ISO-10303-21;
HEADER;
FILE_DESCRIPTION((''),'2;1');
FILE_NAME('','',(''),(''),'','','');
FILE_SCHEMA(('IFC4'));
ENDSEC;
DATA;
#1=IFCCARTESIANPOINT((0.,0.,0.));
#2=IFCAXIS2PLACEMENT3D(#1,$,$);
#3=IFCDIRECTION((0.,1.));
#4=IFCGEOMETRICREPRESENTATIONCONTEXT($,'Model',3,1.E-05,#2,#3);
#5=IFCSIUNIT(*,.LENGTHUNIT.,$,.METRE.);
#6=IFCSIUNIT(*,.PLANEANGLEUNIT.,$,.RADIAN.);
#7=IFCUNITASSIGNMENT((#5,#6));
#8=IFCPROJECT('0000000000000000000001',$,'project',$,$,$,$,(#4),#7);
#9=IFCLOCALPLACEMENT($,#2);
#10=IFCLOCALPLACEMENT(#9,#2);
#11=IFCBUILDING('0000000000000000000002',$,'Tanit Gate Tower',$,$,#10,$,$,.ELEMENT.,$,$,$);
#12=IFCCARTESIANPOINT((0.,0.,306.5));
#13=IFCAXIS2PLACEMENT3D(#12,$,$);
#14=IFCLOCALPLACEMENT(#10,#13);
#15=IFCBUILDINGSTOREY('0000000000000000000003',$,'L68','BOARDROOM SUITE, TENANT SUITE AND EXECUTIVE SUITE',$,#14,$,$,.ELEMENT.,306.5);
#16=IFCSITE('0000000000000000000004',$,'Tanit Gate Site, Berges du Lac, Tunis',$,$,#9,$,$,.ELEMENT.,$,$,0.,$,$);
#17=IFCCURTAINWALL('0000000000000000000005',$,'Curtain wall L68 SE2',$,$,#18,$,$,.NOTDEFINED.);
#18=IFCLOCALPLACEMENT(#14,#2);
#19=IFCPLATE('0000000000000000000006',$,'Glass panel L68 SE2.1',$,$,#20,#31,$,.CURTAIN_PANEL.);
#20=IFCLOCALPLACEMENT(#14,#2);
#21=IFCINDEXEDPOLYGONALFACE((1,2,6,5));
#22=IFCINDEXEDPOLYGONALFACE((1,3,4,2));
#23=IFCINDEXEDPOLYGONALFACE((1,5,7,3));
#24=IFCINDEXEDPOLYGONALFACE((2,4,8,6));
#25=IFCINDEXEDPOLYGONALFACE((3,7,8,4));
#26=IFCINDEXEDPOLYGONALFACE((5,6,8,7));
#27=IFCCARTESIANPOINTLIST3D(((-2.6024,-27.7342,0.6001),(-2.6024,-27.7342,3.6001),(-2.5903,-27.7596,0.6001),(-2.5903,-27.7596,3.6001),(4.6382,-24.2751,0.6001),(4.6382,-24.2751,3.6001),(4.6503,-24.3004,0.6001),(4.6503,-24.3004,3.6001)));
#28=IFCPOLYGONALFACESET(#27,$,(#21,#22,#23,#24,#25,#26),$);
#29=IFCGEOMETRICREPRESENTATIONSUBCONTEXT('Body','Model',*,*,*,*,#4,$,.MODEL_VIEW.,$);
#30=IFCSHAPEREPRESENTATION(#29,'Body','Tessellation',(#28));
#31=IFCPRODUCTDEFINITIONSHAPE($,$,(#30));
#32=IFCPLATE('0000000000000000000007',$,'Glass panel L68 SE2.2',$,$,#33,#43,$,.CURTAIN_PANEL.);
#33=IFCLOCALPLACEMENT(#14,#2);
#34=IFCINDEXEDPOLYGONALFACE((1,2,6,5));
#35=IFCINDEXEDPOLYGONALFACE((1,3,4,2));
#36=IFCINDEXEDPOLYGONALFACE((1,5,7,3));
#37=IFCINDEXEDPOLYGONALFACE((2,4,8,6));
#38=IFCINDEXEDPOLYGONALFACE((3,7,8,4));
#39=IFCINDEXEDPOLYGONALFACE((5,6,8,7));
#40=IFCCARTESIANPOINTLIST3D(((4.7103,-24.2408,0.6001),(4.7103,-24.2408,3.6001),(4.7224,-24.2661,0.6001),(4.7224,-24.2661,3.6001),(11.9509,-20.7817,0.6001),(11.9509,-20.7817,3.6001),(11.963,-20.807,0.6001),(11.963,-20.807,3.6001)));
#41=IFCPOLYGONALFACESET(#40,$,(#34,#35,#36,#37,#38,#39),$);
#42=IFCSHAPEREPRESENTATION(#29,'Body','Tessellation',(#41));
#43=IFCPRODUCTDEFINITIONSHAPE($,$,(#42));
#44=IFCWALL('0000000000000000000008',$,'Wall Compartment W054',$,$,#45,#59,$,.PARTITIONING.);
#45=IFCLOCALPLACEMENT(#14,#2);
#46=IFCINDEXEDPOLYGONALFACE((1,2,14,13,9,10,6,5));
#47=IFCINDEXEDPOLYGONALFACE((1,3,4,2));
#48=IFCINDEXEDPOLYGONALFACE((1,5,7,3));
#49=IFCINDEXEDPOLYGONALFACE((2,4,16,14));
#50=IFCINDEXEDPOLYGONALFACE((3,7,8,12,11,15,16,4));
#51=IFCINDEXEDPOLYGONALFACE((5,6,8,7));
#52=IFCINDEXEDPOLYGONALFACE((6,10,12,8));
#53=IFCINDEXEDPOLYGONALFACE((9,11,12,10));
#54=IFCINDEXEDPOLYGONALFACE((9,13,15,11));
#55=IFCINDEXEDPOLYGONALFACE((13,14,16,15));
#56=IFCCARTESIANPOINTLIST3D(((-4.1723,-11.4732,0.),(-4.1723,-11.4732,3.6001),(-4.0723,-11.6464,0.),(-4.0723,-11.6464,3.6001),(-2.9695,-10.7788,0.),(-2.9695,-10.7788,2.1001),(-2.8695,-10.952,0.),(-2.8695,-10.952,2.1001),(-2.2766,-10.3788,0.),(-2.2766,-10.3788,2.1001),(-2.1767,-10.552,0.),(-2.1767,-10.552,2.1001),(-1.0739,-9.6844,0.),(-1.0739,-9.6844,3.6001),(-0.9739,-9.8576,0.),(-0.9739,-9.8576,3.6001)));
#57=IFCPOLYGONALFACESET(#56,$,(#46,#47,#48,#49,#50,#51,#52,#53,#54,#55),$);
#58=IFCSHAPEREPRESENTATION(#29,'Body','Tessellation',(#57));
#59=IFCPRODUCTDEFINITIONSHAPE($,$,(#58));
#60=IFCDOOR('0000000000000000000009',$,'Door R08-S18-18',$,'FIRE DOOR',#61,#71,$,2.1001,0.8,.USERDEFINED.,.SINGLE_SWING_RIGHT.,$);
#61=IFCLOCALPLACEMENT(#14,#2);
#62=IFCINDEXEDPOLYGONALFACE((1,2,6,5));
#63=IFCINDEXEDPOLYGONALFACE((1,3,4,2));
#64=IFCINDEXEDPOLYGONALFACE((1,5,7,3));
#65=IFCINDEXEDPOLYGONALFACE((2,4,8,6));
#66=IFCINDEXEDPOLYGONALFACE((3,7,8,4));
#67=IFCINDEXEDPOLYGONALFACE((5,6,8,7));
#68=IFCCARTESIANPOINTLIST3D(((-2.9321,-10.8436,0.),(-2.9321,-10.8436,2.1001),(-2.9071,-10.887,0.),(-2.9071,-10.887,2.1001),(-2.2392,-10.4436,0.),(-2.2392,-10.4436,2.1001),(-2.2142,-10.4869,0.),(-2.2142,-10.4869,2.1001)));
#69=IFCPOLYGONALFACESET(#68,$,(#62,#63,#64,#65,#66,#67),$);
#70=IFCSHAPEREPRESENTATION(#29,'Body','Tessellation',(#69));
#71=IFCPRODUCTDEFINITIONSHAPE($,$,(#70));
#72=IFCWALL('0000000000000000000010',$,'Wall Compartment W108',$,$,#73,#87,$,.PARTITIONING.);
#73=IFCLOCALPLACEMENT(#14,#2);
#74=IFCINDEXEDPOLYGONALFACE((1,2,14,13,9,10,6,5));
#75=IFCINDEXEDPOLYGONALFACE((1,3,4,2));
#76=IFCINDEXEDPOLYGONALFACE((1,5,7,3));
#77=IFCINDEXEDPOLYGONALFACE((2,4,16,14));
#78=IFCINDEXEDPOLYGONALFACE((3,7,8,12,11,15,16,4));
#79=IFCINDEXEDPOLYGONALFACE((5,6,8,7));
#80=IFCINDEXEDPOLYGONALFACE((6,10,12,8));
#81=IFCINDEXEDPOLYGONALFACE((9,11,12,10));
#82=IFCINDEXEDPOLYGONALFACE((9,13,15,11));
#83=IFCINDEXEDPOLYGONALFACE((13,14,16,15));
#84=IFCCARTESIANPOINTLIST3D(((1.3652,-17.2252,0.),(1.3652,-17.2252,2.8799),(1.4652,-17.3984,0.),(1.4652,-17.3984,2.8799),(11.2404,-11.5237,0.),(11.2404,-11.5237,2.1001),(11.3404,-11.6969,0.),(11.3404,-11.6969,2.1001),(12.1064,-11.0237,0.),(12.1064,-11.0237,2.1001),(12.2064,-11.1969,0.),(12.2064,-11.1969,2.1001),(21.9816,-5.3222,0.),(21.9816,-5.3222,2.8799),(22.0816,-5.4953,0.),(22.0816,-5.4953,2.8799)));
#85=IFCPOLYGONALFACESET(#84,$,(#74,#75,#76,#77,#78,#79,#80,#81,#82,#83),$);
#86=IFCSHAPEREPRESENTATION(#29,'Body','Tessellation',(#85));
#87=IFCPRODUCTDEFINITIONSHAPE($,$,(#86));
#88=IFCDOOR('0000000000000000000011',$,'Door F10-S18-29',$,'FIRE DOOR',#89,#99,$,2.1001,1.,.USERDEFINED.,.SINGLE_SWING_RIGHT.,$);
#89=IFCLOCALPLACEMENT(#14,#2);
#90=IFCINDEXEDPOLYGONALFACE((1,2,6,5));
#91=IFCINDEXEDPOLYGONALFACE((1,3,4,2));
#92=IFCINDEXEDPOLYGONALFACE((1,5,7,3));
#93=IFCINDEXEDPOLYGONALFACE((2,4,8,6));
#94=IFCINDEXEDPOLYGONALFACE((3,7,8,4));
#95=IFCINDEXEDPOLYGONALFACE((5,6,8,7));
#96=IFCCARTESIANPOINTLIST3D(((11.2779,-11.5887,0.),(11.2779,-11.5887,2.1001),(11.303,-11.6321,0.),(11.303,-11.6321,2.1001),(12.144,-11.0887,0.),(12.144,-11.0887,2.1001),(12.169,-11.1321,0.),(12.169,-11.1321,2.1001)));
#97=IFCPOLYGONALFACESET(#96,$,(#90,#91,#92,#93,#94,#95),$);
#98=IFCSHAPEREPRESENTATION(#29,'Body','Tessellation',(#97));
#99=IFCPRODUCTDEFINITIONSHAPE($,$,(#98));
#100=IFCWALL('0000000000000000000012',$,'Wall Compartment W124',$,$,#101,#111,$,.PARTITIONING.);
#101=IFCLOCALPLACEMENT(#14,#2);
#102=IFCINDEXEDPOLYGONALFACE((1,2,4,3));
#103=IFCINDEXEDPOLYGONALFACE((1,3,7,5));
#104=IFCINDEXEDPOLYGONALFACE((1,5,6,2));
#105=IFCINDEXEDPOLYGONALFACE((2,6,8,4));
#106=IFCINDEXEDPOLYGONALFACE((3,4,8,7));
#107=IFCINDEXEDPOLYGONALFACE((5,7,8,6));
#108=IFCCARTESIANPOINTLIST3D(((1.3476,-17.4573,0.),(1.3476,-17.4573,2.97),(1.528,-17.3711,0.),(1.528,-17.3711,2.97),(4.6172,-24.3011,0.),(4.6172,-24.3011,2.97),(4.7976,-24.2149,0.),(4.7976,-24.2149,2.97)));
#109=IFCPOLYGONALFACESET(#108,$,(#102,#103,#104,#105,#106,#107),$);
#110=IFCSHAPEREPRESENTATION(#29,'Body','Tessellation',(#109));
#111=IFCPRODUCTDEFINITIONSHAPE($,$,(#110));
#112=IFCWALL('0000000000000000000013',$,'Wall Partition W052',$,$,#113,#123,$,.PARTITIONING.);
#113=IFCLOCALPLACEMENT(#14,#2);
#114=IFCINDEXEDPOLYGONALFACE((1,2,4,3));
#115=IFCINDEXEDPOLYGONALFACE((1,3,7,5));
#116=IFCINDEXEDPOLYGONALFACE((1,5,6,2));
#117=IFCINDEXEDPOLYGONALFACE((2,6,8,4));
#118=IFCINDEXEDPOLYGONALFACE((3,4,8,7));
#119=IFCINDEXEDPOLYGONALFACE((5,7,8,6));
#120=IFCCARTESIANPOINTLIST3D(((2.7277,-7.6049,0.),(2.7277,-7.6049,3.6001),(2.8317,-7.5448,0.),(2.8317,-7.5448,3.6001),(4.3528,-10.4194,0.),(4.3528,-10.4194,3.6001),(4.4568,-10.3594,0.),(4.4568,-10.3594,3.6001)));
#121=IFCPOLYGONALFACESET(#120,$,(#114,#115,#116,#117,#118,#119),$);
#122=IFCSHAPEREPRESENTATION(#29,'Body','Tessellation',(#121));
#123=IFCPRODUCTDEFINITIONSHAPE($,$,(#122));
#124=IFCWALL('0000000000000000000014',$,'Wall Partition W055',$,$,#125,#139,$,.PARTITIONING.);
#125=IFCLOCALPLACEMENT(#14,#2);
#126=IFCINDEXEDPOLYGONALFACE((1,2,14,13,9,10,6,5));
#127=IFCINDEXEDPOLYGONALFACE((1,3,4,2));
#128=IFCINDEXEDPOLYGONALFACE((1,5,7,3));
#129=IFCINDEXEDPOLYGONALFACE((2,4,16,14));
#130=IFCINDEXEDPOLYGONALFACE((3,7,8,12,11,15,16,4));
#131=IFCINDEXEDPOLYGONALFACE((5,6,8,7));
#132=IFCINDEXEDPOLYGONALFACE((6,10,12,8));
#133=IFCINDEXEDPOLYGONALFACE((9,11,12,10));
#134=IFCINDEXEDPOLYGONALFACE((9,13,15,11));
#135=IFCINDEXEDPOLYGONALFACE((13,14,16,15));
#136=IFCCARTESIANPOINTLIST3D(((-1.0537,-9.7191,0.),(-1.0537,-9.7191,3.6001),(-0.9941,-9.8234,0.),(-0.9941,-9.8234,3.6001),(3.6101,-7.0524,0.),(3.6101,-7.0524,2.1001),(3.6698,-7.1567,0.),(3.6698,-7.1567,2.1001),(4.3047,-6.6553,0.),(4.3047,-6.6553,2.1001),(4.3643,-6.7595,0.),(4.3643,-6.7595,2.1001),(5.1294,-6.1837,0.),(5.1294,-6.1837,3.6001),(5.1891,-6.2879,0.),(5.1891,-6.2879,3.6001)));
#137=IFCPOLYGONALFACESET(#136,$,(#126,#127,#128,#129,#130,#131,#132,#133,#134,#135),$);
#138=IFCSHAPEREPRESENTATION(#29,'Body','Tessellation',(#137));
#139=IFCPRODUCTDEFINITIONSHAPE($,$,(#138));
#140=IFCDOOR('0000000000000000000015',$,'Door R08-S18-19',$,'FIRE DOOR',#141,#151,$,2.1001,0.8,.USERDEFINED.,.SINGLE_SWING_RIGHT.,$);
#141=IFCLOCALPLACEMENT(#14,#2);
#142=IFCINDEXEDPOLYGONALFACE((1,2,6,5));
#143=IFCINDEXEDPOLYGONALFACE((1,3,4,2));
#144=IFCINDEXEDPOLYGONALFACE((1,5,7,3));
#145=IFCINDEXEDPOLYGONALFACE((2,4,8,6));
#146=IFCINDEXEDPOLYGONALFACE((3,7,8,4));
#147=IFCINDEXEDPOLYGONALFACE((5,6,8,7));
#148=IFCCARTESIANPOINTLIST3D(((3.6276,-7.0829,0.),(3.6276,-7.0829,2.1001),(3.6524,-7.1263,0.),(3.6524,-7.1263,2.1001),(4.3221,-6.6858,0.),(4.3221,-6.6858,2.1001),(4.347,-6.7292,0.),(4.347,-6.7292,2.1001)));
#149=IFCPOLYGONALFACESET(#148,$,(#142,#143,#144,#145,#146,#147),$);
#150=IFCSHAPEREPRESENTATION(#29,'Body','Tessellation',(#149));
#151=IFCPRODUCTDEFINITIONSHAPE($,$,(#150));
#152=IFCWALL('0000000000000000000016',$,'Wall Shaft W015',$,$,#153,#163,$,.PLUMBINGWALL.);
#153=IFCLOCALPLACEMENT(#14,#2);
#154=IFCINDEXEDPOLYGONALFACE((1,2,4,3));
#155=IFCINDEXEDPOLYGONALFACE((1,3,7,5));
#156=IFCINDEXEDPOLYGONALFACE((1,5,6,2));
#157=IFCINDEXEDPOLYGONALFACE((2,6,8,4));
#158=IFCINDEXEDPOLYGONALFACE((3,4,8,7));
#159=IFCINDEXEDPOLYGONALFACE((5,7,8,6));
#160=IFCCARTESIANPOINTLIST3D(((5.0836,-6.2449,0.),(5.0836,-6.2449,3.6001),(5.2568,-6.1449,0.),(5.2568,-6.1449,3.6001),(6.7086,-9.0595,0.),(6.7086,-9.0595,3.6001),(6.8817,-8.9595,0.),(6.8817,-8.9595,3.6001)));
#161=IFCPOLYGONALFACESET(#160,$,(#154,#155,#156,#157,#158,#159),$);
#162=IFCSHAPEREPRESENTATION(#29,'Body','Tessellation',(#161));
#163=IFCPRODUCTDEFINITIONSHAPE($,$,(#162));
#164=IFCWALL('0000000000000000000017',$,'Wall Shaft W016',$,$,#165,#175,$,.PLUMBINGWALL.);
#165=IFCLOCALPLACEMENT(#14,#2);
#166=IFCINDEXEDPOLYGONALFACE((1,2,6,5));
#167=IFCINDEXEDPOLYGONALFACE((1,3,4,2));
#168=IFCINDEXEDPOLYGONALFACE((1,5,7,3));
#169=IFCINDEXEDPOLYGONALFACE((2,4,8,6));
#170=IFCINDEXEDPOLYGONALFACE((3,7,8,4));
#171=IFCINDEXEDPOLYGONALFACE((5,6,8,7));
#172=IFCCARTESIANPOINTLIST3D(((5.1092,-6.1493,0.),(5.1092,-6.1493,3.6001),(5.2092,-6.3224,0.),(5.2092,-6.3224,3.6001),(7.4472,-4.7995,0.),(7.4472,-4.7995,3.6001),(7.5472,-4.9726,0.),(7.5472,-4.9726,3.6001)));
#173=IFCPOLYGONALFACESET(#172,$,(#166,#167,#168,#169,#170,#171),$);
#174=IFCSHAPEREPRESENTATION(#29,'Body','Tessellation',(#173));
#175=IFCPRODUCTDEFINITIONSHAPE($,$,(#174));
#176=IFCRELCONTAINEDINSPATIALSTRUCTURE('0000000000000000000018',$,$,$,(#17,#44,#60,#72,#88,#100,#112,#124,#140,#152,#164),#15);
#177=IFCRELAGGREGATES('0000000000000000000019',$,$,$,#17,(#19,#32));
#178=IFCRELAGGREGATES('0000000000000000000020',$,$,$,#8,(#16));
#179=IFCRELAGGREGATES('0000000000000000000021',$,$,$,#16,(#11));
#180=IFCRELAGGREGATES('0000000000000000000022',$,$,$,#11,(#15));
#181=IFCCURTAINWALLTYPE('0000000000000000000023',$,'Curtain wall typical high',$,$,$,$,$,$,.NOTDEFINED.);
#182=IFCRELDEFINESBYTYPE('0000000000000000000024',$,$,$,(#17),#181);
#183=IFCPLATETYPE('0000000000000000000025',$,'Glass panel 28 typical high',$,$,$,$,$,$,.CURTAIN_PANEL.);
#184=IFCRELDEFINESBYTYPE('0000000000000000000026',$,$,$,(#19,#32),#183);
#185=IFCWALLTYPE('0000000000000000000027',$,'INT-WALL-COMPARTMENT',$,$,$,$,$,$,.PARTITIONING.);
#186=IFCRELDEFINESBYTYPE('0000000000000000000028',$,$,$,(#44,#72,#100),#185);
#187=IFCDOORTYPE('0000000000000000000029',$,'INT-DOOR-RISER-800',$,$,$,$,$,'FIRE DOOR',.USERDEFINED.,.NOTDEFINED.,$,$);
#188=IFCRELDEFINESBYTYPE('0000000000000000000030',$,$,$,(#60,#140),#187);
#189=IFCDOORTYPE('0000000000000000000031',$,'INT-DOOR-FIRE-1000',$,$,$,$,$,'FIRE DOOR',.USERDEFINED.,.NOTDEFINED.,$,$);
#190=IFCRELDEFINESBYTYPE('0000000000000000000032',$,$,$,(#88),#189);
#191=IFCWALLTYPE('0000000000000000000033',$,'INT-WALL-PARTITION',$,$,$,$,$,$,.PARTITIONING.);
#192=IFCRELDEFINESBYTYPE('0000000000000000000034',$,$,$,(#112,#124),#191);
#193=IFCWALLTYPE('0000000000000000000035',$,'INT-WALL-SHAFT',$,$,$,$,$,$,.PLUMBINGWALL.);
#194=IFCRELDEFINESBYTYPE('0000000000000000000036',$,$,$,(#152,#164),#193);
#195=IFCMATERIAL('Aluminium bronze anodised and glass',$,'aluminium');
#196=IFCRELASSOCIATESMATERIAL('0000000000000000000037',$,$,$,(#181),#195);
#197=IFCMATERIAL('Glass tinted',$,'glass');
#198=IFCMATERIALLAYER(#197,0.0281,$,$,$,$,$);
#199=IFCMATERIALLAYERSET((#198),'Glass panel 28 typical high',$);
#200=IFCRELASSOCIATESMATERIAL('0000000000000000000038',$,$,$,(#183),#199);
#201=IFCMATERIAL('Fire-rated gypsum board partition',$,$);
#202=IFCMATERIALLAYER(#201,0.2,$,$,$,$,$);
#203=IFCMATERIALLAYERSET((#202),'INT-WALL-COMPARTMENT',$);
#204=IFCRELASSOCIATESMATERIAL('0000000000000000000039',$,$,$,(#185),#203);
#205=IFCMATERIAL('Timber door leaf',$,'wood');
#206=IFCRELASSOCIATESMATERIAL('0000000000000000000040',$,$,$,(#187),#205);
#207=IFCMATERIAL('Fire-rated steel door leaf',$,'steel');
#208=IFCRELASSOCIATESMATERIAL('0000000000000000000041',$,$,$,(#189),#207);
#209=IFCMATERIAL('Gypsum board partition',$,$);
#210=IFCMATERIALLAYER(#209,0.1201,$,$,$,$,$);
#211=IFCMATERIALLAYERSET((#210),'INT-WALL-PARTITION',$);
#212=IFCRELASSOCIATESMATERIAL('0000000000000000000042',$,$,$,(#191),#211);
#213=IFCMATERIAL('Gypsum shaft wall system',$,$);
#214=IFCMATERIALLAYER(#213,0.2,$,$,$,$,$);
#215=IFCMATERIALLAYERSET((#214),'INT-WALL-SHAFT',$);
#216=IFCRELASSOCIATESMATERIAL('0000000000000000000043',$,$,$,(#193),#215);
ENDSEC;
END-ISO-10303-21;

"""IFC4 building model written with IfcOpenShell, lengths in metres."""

from ifc_helpers import new_model, si_unit, direction, frame, frame_2d, origin, origin_2d, place, context, subcontext, project, spatial, rectangle, extrude, material, layer, layer_set, type_object, element, fill, aggregate, save


model = new_model("IFC4")

# Units and contexts
model_context = context("Model", 3, precision=1e-05, world=origin(), true_north=direction((0.0, 1.0)))
body_context = subcontext(model_context, "Body", "Model", "MODEL_VIEW")
ifc_project = project(units=[si_unit("LENGTHUNIT", "METRE"), si_unit("PLANEANGLEUNIT", "RADIAN")], contexts=[model_context])

# Site, building, storey
site_placement = place(None, origin())
site = spatial("IfcSite", under=ifc_project, at=site_placement, Name="Tanit Gate Site, Berges du Lac, Tunis", CompositionType="ELEMENT", RefElevation=0.0)
building_placement = place(site_placement, origin())
building = spatial("IfcBuilding", under=site, at=building_placement, Name="Tanit Gate Tower", CompositionType="ELEMENT")
storey_placement = place(building_placement, frame((0.0, 0.0, 306.5)))
storey = spatial("IfcBuildingStorey", under=building, at=storey_placement, Name="L68", Description="BOARDROOM SUITE, TENANT SUITE AND EXECUTIVE SUITE", CompositionType="ELEMENT", Elevation=306.5)

# Curtain wall
ifc_material_1 = material(Name="Aluminium bronze anodised and glass", Category="aluminium")
curtain_wall_type = type_object("IfcCurtainWallType", Name="Curtain wall typical high", PredefinedType="NOTDEFINED", material=ifc_material_1)
curtain_wall_1_placement = place(storey_placement, origin())
curtain_wall_1 = element("IfcCurtainWall", 1, at=curtain_wall_1_placement, inside=storey, type_object=curtain_wall_type, Name="Curtain wall L68 SE2", PredefinedType="NOTDEFINED")

# Plates
ifc_material_2 = material(Name="Glass tinted", Category="glass")
ifc_layer_1 = layer(ifc_material_2, 0.0281)
ifc_layer_set_1 = layer_set([ifc_layer_1], Name="Glass panel 28 typical high")
plate_type = type_object("IfcPlateType", Name="Glass panel 28 typical high", PredefinedType="CURTAIN_PANEL", material=ifc_layer_set_1)
plate_1_placement = place(storey_placement, frame((1.0239, -26.0173, 0.6001), z_axis=(0.0, 0.0, 1.0), x_axis=(0.902317, 0.431073, 0.0)))
plate_1 = element("IfcPlate", 2, at=plate_1_placement, type_object=plate_type, Name="Glass panel L68 SE2.1", PredefinedType="CURTAIN_PANEL", context=body_context, shape_type="SweptSolid", body=[
    extrude(rectangle(XDim=8.0244, YDim=0.0281, at=origin_2d()), origin(), (0.0, 0.0, 1.0), 3.0),
])
plate_2_placement = place(storey_placement, frame((8.3367, -22.5239, 0.6001), z_axis=(0.0, 0.0, 1.0), x_axis=(0.902317, 0.431073, 0.0)))
plate_2 = element("IfcPlate", 3, at=plate_2_placement, type_object=plate_type, Name="Glass panel L68 SE2.2", PredefinedType="CURTAIN_PANEL", context=body_context, shape_type="SweptSolid", body=[
    extrude(rectangle(XDim=8.0244, YDim=0.0281, at=origin_2d()), origin(), (0.0, 0.0, 1.0), 3.0),
])
aggregate(curtain_wall_1, [plate_1, plate_2])

# Walls, openings, doors
ifc_material_3 = material(Name="Fire-rated gypsum board partition")
ifc_layer_2 = layer(ifc_material_3, 0.2)
ifc_layer_set_2 = layer_set([ifc_layer_2], Name="INT-WALL-COMPARTMENT")
wall_type_1 = type_object("IfcWallType", Name="INT-WALL-COMPARTMENT", PredefinedType="PARTITIONING", material=ifc_layer_set_2)
wall_1_placement = place(storey_placement, frame((-1.0239, -9.771, 0.0), z_axis=(0.0, 0.0, 1.0), x_axis=(-0.86603, -0.499992, 0.0)))
wall_1 = element("IfcWall", 4, at=wall_1_placement, inside=storey, type_object=wall_type_1, Name="Wall Compartment W054", PredefinedType="PARTITIONING", context=body_context, shape_type="SweptSolid", body=[
    extrude(rectangle(XDim=3.5776, YDim=0.2, at=frame_2d((1.7888, 0.0))), origin(), (0.0, 0.0, 1.0), 3.6001),
])
opening_1_placement = place(wall_1_placement, frame((1.3889, 0.0, 0.0)))
opening_1 = element("IfcOpeningElement", 5, at=opening_1_placement, cuts=wall_1, PredefinedType="OPENING", context=body_context, shape_type="SweptSolid", body=[
    extrude(rectangle(XDim=0.8, YDim=2.1001, at=frame_2d((0.3999, 1.05))), frame((0.0, 0.1099, 0.0), z_axis=(0.0, -1.0, 0.0), x_axis=(1.0, 0.0, 0.0)), (0.0, 0.0, 1.0), 0.22),
])
ifc_material_4 = material(Name="Timber door leaf", Category="wood")
door_type_1 = type_object("IfcDoorType", Name="INT-DOOR-RISER-800", ElementType="FIRE DOOR", OperationType="NOTDEFINED", PredefinedType="USERDEFINED", material=ifc_material_4)
door_1_placement = place(opening_1_placement, origin())
door_1 = element("IfcDoor", 6, at=door_1_placement, inside=storey, type_object=door_type_1, Name="Door R08-S18-18", ObjectType="FIRE DOOR", OperationType="SINGLE_SWING_RIGHT", OverallHeight=2.1001, OverallWidth=0.8, PredefinedType="USERDEFINED", context=body_context, shape_type="SweptSolid", body=[
    extrude(rectangle(XDim=0.8, YDim=2.1001, at=frame_2d((0.3999, 1.05))), frame((0.0, 0.0249, 0.0), z_axis=(0.0, -1.0, 0.0), x_axis=(1.0, 0.0, 0.0)), (0.0, 0.0, 1.0), 0.05),
])
fill(opening_1, door_1)
wall_2_placement = place(storey_placement, frame((1.4153, -17.3118, 0.0), z_axis=(0.0, 0.0, 1.0), x_axis=(0.866022, 0.500005, 0.0)))
wall_2 = element("IfcWall", 7, at=wall_2_placement, inside=storey, type_object=wall_type_1, Name="Wall Compartment W108", PredefinedType="PARTITIONING", context=body_context, shape_type="SweptSolid", body=[
    extrude(rectangle(XDim=23.8059, YDim=0.2, at=frame_2d((11.9028, 0.0))), origin(), (0.0, 0.0, 1.0), 2.8799),
])
opening_2_placement = place(wall_2_placement, frame((11.4028, 0.0, 0.0)))
opening_2 = element("IfcOpeningElement", 8, at=opening_2_placement, cuts=wall_2, PredefinedType="OPENING", context=body_context, shape_type="SweptSolid", body=[
    extrude(rectangle(XDim=1.0, YDim=2.1001, at=frame_2d((0.5, 1.05))), frame((0.0, 0.1099, 0.0), z_axis=(0.0, -1.0, 0.0), x_axis=(1.0, 0.0, 0.0)), (0.0, 0.0, 1.0), 0.22),
])
ifc_material_5 = material(Name="Fire-rated steel door leaf", Category="steel")
door_type_2 = type_object("IfcDoorType", Name="INT-DOOR-FIRE-1000", ElementType="FIRE DOOR", OperationType="NOTDEFINED", PredefinedType="USERDEFINED", material=ifc_material_5)
door_2_placement = place(opening_2_placement, origin())
door_2 = element("IfcDoor", 9, at=door_2_placement, inside=storey, type_object=door_type_2, Name="Door F10-S18-29", ObjectType="FIRE DOOR", OperationType="SINGLE_SWING_RIGHT", OverallHeight=2.1001, OverallWidth=1.0, PredefinedType="USERDEFINED", context=body_context, shape_type="SweptSolid", body=[
    extrude(rectangle(XDim=1.0, YDim=2.1001, at=frame_2d((0.5, 1.05))), frame((0.0, 0.0249, 0.0), z_axis=(0.0, -1.0, 0.0), x_axis=(1.0, 0.0, 0.0)), (0.0, 0.0, 1.0), 0.05),
])
fill(opening_2, door_2)

# Walls
wall_3_placement = place(storey_placement, frame((1.4377, -17.4141, 0.0), z_axis=(0.0, 0.0, 1.0), x_axis=(0.431073, -0.902317, 0.0)))
element("IfcWall", 10, at=wall_3_placement, inside=storey, type_object=wall_type_1, Name="Wall Compartment W124", PredefinedType="PARTITIONING", context=body_context, shape_type="SweptSolid", body=[
    extrude(rectangle(XDim=7.5847, YDim=0.2, at=frame_2d((3.7925, 0.0))), origin(), (0.0, 0.0, 1.0), 2.97),
])
ifc_material_6 = material(Name="Gypsum board partition")
ifc_layer_3 = layer(ifc_material_6, 0.1201)
ifc_layer_set_3 = layer_set([ifc_layer_3], Name="INT-WALL-PARTITION")
wall_type_2 = type_object("IfcWallType", Name="INT-WALL-PARTITION", PredefinedType="PARTITIONING", material=ifc_layer_set_3)
wall_4_placement = place(storey_placement, frame((4.4048, -10.3894, 0.0), z_axis=(0.0, 0.0, 1.0), x_axis=(-0.500017, 0.866015, 0.0)))
element("IfcWall", 11, at=wall_4_placement, inside=storey, type_object=wall_type_2, Name="Wall Partition W052", PredefinedType="PARTITIONING", context=body_context, shape_type="SweptSolid", body=[
    extrude(rectangle(XDim=3.25, YDim=0.1201, at=frame_2d((1.625, 0.0))), origin(), (0.0, 0.0, 1.0), 3.6001),
])

# Wall, opening, door
wall_5_placement = place(storey_placement, frame((-1.0239, -9.7712, 0.0), z_axis=(0.0, 0.0, 1.0), x_axis=(0.86811, 0.496371, 0.0)))
wall_5 = element("IfcWall", 12, at=wall_5_placement, inside=storey, type_object=wall_type_2, Name="Wall Partition W055", PredefinedType="PARTITIONING", context=body_context, shape_type="SweptSolid", body=[
    extrude(rectangle(XDim=7.1226, YDim=0.1201, at=frame_2d((3.5613, 0.0))), origin(), (0.0, 0.0, 1.0), 3.6001),
])
opening_3_placement = place(wall_5_placement, frame((5.3726, 0.0, 0.0)))
opening_3 = element("IfcOpeningElement", 13, at=opening_3_placement, cuts=wall_5, PredefinedType="OPENING", context=body_context, shape_type="SweptSolid", body=[
    extrude(rectangle(XDim=0.8, YDim=2.1001, at=frame_2d((0.3999, 1.05))), frame((0.0, 0.0701, 0.0), z_axis=(0.0, -1.0, 0.0), x_axis=(1.0, 0.0, 0.0)), (0.0, 0.0, 1.0), 0.1401),
])
door_3_placement = place(opening_3_placement, origin())
door_3 = element("IfcDoor", 14, at=door_3_placement, inside=storey, type_object=door_type_1, Name="Door R08-S18-19", ObjectType="FIRE DOOR", OperationType="SINGLE_SWING_RIGHT", OverallHeight=2.1001, OverallWidth=0.8, PredefinedType="USERDEFINED", context=body_context, shape_type="SweptSolid", body=[
    extrude(rectangle(XDim=0.8, YDim=2.1001, at=frame_2d((0.3999, 1.05))), frame((0.0, 0.0249, 0.0), z_axis=(0.0, -1.0, 0.0), x_axis=(1.0, 0.0, 0.0)), (0.0, 0.0, 1.0), 0.05),
])
fill(opening_3, door_3)

# Walls
ifc_material_7 = material(Name="Gypsum shaft wall system")
ifc_layer_4 = layer(ifc_material_7, 0.2)
ifc_layer_set_4 = layer_set([ifc_layer_4], Name="INT-WALL-SHAFT")
wall_type_3 = type_object("IfcWallType", Name="INT-WALL-SHAFT", PredefinedType="PLUMBINGWALL", material=ifc_layer_set_4)
wall_6_placement = place(storey_placement, frame((6.7952, -9.0095, 0.0), z_axis=(0.0, 0.0, 1.0), x_axis=(-0.499985, 0.866034, 0.0)))
element("IfcWall", 15, at=wall_6_placement, inside=storey, type_object=wall_type_3, Name="Wall Shaft W015", PredefinedType="PLUMBINGWALL", context=body_context, shape_type="SweptSolid", body=[
    extrude(rectangle(XDim=3.25, YDim=0.2, at=frame_2d((1.625, 0.0))), origin(), (0.0, 0.0, 1.0), 3.6001),
])
wall_7_placement = place(storey_placement, frame((5.1592, -6.2358, 0.0), z_axis=(0.0, 0.0, 1.0), x_axis=(0.866037, 0.499981, 0.0)))
element("IfcWall", 16, at=wall_7_placement, inside=storey, type_object=wall_type_3, Name="Wall Shaft W016", PredefinedType="PLUMBINGWALL", context=body_context, shape_type="SweptSolid", body=[
    extrude(rectangle(XDim=2.6997, YDim=0.2, at=frame_2d((1.3499, 0.0))), origin(), (0.0, 0.0, 1.0), 3.6001),
])

save(model, "model.ifc")
